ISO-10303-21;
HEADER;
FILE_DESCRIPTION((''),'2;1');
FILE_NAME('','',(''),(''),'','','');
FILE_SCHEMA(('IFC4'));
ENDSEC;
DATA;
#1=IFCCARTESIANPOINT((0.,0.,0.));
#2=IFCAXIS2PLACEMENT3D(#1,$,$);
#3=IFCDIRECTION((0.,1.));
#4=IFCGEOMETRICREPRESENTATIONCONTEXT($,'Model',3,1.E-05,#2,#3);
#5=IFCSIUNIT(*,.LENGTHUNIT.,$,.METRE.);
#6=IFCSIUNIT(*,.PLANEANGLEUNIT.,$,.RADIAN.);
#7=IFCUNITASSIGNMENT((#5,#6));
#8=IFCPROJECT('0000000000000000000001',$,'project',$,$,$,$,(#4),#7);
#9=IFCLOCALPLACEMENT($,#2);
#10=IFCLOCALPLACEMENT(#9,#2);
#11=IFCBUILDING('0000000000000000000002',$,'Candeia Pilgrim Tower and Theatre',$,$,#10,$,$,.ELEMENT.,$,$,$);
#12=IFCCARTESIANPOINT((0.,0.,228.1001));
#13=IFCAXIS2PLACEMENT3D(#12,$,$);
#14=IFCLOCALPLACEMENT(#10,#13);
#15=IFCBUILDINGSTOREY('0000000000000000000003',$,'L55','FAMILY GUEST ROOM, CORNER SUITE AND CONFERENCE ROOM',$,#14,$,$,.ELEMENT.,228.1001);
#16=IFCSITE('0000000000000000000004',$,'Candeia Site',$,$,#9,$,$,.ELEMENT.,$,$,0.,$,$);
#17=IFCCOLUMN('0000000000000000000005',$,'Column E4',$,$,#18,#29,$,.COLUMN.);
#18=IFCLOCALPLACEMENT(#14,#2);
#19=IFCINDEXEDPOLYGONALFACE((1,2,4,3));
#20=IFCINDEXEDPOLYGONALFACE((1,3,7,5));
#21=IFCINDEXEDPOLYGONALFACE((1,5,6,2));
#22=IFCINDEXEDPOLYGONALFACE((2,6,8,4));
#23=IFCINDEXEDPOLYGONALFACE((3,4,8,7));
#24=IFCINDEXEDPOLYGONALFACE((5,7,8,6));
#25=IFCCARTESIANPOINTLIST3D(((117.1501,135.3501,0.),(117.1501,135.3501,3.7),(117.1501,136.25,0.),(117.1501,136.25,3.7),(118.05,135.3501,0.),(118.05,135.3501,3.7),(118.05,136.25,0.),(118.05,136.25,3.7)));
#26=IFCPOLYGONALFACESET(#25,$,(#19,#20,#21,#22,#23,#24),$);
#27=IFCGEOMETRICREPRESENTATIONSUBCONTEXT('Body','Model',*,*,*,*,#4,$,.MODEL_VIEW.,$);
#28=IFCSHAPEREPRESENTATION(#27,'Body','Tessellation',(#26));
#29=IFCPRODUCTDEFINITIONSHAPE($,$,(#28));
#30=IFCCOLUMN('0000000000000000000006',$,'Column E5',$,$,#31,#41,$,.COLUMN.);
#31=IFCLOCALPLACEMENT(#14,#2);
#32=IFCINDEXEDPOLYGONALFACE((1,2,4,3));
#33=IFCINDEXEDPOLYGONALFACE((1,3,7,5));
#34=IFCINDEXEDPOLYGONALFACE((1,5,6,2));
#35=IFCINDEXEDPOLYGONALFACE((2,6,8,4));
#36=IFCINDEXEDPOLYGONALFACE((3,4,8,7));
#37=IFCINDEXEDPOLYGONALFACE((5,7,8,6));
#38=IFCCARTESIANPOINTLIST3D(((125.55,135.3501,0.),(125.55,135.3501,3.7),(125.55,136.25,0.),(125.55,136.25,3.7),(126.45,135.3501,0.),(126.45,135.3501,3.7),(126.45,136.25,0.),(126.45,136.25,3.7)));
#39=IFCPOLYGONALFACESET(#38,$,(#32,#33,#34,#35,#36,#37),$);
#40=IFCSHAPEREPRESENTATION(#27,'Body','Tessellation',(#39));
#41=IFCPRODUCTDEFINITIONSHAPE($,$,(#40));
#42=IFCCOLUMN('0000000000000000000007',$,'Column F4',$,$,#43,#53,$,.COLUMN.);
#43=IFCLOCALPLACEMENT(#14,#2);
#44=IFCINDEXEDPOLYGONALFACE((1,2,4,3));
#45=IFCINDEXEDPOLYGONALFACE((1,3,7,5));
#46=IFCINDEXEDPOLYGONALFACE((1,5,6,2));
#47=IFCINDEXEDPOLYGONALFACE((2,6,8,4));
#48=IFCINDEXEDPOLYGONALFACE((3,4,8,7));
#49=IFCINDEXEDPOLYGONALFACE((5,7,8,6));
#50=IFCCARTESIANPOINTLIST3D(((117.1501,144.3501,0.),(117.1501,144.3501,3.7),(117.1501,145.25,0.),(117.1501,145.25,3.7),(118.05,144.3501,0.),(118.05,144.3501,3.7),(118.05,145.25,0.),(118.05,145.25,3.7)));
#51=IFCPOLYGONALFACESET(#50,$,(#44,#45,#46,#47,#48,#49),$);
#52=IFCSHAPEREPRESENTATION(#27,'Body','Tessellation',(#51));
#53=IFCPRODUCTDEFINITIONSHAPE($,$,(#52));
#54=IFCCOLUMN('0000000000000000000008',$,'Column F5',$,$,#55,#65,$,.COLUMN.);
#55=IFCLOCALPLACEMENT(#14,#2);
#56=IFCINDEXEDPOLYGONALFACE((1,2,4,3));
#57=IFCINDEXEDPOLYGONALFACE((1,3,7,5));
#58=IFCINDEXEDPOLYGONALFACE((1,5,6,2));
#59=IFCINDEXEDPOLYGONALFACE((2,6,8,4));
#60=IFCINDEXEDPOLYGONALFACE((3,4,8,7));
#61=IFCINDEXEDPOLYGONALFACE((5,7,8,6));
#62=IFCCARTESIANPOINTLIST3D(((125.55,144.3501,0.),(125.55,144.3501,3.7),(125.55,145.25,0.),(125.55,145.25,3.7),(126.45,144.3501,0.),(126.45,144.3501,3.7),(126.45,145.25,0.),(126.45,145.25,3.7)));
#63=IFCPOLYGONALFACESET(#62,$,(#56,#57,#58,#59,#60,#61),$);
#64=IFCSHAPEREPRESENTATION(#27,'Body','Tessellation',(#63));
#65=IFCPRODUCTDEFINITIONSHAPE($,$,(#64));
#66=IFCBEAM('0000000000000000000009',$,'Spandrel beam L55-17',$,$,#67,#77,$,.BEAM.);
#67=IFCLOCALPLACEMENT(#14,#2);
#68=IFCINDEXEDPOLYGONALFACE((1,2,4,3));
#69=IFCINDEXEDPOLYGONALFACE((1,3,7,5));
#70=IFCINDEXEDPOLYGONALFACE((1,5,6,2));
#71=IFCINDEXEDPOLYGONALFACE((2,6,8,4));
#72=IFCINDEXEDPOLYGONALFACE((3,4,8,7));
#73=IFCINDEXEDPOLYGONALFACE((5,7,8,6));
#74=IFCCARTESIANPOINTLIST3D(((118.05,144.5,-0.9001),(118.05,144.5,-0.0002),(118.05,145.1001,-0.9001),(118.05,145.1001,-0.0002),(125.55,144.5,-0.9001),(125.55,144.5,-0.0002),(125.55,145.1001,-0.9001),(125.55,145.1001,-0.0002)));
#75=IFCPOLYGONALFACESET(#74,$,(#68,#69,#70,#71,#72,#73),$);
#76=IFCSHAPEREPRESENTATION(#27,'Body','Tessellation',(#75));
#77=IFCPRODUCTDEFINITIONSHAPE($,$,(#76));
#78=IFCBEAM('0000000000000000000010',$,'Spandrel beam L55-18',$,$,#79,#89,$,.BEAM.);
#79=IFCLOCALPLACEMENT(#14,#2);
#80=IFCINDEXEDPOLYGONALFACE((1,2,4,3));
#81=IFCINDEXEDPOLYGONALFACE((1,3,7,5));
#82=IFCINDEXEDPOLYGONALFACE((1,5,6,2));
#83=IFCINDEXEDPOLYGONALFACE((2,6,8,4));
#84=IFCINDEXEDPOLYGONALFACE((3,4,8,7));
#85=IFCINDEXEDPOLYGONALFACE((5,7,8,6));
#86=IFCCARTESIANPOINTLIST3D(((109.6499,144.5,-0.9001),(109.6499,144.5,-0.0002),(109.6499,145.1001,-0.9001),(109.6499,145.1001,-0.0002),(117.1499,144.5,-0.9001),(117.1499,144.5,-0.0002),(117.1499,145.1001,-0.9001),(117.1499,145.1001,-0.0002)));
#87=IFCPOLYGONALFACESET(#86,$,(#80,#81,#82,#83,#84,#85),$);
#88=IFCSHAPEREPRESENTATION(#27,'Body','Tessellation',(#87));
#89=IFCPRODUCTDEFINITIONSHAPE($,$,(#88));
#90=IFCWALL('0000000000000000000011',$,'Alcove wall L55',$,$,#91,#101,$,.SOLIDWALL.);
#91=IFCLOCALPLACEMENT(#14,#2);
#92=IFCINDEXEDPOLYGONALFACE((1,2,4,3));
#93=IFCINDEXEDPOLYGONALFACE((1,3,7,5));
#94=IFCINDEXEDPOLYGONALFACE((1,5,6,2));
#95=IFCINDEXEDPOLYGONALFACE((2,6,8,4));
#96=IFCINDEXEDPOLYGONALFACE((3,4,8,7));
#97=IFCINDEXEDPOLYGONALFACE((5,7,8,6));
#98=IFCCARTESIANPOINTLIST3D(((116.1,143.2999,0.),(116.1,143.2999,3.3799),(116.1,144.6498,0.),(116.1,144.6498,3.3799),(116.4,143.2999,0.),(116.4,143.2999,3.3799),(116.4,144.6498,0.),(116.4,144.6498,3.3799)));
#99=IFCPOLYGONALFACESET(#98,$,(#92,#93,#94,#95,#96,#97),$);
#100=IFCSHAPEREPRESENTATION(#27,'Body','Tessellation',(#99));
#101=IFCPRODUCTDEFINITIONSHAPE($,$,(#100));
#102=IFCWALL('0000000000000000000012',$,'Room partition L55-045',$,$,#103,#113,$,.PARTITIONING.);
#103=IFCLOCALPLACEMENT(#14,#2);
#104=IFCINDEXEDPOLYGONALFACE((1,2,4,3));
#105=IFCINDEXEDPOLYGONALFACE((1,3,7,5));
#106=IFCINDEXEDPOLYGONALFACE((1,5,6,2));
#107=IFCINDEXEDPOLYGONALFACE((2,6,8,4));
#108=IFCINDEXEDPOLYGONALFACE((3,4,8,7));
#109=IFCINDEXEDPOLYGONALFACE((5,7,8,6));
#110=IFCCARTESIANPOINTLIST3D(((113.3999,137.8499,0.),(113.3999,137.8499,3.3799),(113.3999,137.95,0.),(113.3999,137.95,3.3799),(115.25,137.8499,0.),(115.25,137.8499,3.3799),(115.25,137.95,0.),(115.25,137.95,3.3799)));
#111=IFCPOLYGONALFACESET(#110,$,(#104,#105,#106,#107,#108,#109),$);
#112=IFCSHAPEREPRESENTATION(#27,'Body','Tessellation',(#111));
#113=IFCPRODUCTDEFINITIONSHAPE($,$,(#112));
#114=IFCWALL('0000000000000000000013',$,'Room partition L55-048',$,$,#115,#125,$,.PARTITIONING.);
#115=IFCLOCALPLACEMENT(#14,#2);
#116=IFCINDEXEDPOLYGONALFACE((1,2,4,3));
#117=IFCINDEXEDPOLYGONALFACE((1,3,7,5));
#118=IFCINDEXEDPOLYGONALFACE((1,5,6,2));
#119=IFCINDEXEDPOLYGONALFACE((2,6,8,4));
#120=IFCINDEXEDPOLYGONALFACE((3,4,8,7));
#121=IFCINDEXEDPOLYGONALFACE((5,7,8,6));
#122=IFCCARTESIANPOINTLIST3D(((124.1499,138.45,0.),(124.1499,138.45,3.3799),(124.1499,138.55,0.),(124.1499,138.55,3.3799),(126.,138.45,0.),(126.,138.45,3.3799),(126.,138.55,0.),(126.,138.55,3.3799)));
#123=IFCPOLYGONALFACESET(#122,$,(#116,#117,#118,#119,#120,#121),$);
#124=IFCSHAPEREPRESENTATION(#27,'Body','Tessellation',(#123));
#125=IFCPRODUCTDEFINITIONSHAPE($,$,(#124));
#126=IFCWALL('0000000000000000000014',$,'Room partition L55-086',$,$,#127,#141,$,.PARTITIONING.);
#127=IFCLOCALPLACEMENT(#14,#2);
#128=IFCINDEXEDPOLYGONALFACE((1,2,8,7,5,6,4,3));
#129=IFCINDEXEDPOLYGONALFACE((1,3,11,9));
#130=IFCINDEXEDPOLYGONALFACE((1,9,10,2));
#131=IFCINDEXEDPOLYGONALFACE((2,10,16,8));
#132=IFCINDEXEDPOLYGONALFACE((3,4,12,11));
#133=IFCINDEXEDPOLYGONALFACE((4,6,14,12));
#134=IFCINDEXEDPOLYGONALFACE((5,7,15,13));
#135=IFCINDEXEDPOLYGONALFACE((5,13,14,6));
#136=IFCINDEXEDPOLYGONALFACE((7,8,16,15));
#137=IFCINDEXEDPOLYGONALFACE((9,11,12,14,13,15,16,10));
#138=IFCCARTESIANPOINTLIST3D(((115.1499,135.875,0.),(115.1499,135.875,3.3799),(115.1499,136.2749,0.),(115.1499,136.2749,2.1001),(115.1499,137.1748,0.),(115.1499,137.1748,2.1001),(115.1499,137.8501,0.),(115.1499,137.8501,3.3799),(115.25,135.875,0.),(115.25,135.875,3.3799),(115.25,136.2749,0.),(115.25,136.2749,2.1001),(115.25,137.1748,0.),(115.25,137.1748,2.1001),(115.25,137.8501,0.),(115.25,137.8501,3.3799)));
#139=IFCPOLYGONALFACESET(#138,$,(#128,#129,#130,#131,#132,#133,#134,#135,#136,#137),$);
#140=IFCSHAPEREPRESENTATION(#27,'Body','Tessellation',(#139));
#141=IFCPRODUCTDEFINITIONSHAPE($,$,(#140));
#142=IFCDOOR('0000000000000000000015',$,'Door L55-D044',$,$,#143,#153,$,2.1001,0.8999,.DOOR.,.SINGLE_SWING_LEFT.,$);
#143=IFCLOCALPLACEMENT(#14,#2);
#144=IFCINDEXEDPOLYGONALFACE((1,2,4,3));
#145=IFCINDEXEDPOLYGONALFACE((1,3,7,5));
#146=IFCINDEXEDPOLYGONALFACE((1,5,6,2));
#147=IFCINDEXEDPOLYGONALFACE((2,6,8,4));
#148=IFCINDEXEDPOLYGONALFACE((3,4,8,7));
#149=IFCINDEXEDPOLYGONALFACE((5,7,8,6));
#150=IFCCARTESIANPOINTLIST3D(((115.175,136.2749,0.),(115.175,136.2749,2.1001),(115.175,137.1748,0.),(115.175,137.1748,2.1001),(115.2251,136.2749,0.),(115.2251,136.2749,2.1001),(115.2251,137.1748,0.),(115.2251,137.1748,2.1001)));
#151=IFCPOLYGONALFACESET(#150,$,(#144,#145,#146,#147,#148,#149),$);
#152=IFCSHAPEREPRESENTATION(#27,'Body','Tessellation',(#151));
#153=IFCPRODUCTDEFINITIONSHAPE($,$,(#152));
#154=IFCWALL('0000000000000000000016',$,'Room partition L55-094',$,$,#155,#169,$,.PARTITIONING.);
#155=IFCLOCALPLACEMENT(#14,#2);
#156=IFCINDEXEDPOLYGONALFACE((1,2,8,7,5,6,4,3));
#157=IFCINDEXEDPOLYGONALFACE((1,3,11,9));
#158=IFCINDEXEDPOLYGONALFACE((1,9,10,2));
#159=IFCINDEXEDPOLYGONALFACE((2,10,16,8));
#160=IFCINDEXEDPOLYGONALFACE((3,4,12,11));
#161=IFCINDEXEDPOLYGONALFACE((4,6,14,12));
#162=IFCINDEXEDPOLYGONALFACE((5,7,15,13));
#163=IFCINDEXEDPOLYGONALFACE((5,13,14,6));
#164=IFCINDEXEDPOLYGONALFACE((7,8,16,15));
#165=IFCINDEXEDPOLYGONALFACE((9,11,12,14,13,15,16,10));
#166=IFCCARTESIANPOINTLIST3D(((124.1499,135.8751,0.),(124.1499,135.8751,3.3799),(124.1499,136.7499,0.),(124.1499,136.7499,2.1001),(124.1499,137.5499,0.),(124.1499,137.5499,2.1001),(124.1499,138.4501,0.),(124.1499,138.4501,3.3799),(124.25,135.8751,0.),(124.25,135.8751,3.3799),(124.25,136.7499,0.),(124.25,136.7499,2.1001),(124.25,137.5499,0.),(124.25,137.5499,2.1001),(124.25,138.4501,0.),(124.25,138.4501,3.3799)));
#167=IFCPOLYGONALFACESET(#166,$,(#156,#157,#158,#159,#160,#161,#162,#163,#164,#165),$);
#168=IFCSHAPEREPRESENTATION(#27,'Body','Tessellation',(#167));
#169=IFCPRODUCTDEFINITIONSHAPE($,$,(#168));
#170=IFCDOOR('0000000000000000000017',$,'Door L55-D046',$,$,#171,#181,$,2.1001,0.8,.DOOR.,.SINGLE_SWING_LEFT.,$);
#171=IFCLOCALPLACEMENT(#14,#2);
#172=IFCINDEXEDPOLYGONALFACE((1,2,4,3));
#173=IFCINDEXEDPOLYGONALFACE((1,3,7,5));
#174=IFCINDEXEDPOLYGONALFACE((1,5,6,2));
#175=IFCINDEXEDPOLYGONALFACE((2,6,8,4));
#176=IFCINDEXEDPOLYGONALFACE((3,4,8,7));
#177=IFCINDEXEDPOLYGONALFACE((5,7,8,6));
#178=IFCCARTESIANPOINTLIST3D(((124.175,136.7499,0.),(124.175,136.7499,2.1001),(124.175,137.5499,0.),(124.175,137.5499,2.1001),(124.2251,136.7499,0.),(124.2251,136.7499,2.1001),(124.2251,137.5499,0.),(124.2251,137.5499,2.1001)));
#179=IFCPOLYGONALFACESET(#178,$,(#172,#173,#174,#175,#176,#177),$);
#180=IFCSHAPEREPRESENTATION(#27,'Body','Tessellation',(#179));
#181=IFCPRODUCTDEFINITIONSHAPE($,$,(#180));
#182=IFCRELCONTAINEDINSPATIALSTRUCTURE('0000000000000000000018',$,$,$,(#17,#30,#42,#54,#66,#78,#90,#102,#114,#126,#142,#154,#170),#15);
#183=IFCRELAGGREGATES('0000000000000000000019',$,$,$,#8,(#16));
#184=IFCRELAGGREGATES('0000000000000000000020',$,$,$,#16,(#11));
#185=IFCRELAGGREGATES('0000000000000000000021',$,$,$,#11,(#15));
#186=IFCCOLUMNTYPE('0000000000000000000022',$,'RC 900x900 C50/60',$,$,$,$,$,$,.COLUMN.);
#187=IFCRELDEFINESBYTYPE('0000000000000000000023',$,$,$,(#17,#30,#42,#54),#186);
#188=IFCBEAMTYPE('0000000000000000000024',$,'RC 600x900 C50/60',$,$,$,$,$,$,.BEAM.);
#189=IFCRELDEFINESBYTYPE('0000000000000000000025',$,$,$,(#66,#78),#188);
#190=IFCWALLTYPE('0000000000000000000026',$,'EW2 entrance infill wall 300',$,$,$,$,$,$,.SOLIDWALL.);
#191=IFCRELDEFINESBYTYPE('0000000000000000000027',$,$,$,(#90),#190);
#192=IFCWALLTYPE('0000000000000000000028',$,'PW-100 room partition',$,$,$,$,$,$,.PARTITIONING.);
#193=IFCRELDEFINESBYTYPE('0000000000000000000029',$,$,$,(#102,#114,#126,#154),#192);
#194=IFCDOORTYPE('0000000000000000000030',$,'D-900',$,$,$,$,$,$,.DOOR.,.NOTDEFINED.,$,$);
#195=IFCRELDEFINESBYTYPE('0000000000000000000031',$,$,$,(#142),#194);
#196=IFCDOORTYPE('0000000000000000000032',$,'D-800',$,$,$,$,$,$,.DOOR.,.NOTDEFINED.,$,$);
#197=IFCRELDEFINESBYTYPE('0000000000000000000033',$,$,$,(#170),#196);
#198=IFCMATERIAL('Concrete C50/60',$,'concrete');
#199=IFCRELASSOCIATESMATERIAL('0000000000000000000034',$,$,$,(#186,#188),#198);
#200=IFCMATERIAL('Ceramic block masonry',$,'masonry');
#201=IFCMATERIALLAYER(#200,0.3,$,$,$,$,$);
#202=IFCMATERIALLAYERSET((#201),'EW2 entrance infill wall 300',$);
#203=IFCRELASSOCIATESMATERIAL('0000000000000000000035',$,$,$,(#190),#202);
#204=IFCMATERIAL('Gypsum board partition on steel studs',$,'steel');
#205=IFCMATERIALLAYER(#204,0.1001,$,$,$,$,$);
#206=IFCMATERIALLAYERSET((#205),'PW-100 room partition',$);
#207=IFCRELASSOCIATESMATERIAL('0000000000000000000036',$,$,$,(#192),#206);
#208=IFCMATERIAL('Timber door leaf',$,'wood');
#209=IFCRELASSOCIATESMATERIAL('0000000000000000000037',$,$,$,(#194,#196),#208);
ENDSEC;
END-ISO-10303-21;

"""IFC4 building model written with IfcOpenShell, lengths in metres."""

from ifc_helpers import new_model, si_unit, direction, frame, frame_2d, origin, origin_2d, place, context, subcontext, project, spatial, rectangle, extrude, material, layer, layer_set, material_profile, profile_set, type_object, element, fill, save


model = new_model("IFC4")

# Units and contexts
model_context = context("Model", 3, precision=1e-05, world=origin(), true_north=direction((0.0, 1.0)))
body_context = subcontext(model_context, "Body", "Model", "MODEL_VIEW")
ifc_project = project(units=[si_unit("LENGTHUNIT", "METRE"), si_unit("PLANEANGLEUNIT", "RADIAN")], contexts=[model_context])

# Site, building, storey
site_placement = place(None, origin())
site = spatial("IfcSite", under=ifc_project, at=site_placement, Name="Candeia Site", CompositionType="ELEMENT", RefElevation=0.0)
building_placement = place(site_placement, origin())
building = spatial("IfcBuilding", under=site, at=building_placement, Name="Candeia Pilgrim Tower and Theatre", CompositionType="ELEMENT")
storey_placement = place(building_placement, frame((0.0, 0.0, 228.1001)))
storey = spatial("IfcBuildingStorey", under=building, at=storey_placement, Name="L55", Description="FAMILY GUEST ROOM, CORNER SUITE AND CONFERENCE ROOM", CompositionType="ELEMENT", Elevation=228.1001)

# Columns
ifc_material_1 = material(Name="Concrete C50/60", Category="concrete")
ifc_material_profile_1 = material_profile(ifc_material_1, rectangle(XDim=0.8999, YDim=0.8999, at=origin_2d()))
ifc_profile_set_1 = profile_set([ifc_material_profile_1], Name="Concrete C50/60")
column_type = type_object("IfcColumnType", Name="RC 900x900 C50/60", PredefinedType="COLUMN", material=ifc_profile_set_1)
for number, where, z_axis, x_axis, name in (
    (1, (117.6001, 135.8, 0.0), (0.0, 0.0, 1.0), (1.0, 0.0, 0.0), "Column E4"),
    (2, (126.0, 135.8, 0.0), (0.0, 0.0, 1.0), (1.0, 0.0, 0.0), "Column E5"),
    (3, (117.6001, 144.8, 0.0), (0.0, 0.0, 1.0), (1.0, 0.0, 0.0), "Column F4"),
    (4, (126.0, 144.8, 0.0), (0.0, 0.0, 1.0), (1.0, 0.0, 0.0), "Column F5"),
):
    element("IfcColumn", number, at=place(storey_placement, frame(where, z_axis=z_axis, x_axis=x_axis)), inside=storey, type_object=column_type, Name=name, PredefinedType="COLUMN", context=body_context, shape_type="SweptSolid", body=[
        extrude(rectangle(XDim=0.8999, YDim=0.8999, at=origin_2d()), origin(), (0.0, 0.0, 1.0), 3.7),
    ])

# Beams
ifc_material_profile_2 = material_profile(ifc_material_1, rectangle(XDim=0.6001, YDim=0.8999, at=origin_2d()))
ifc_profile_set_2 = profile_set([ifc_material_profile_2], Name="Concrete C50/60")
beam_type = type_object("IfcBeamType", Name="RC 600x900 C50/60", PredefinedType="BEAM", material=ifc_profile_set_2)
for number, where, z_axis, x_axis, name in (
    (5, (125.55, 144.8, -0.4502), (-1.0, 0.0, 0.0), (0.0, -1.0, 0.0), "Spandrel beam L55-17"),
    (6, (117.1499, 144.8, -0.4502), (-1.0, 0.0, 0.0), (0.0, -1.0, 0.0), "Spandrel beam L55-18"),
):
    element("IfcBeam", number, at=place(storey_placement, frame(where, z_axis=z_axis, x_axis=x_axis)), inside=storey, type_object=beam_type, Name=name, PredefinedType="BEAM", context=body_context, shape_type="SweptSolid", body=[
        extrude(rectangle(XDim=0.6001, YDim=0.8999, at=origin_2d()), origin(), (0.0, 0.0, 1.0), 7.5),
    ])

# Wall
ifc_material_2 = material(Name="Ceramic block masonry", Category="masonry")
ifc_layer_1 = layer(ifc_material_2, 0.3)
ifc_layer_set_1 = layer_set([ifc_layer_1], Name="EW2 entrance infill wall 300")
wall_type_1 = type_object("IfcWallType", Name="EW2 entrance infill wall 300", PredefinedType="SOLIDWALL", material=ifc_layer_set_1)
wall_1_placement = place(storey_placement, frame((116.25, 143.3, 0.0), z_axis=(0.0, 0.0, 1.0), x_axis=(0.0, 1.0, 0.0)))
element("IfcWall", 7, at=wall_1_placement, inside=storey, type_object=wall_type_1, Name="Alcove wall L55", PredefinedType="SOLIDWALL", context=body_context, shape_type="SweptSolid", body=[
    extrude(rectangle(XDim=1.3499, YDim=0.3, at=frame_2d((0.6748, 0.0))), origin(), (0.0, 0.0, 1.0), 3.3799),
])

# Walls
ifc_material_3 = material(Name="Gypsum board partition on steel studs", Category="steel")
ifc_layer_2 = layer(ifc_material_3, 0.1001)
ifc_layer_set_2 = layer_set([ifc_layer_2], Name="PW-100 room partition")
wall_type_2 = type_object("IfcWallType", Name="PW-100 room partition", PredefinedType="PARTITIONING", material=ifc_layer_set_2)
for number, where, z_axis, x_axis, name in (
    (8, (113.3999, 137.8999, 0.0), (0.0, 0.0, 1.0), (1.0, 0.0, 0.0), "Room partition L55-045"),
    (9, (124.1499, 138.5, 0.0), (0.0, 0.0, 1.0), (1.0, 0.0, 0.0), "Room partition L55-048"),
):
    element("IfcWall", number, at=place(storey_placement, frame(where, z_axis=z_axis, x_axis=x_axis)), inside=storey, type_object=wall_type_2, Name=name, PredefinedType="PARTITIONING", context=body_context, shape_type="SweptSolid", body=[
        extrude(rectangle(XDim=1.8501, YDim=0.1001, at=frame_2d((0.925, 0.0))), origin(), (0.0, 0.0, 1.0), 3.3799),
    ])

# Walls, openings, doors
wall_2_placement = place(storey_placement, frame((115.2, 135.875, 0.0), z_axis=(0.0, 0.0, 1.0), x_axis=(0.0, 1.0, 0.0)))
wall_2 = element("IfcWall", 10, at=wall_2_placement, inside=storey, type_object=wall_type_2, Name="Room partition L55-086", PredefinedType="PARTITIONING", context=body_context, shape_type="SweptSolid", body=[
    extrude(rectangle(XDim=1.9751, YDim=0.1001, at=frame_2d((0.9875, 0.0))), origin(), (0.0, 0.0, 1.0), 3.3799),
])
opening_1_placement = place(wall_2_placement, frame((0.3999, 0.0, 0.0)))
opening_1 = element("IfcOpeningElement", 11, at=opening_1_placement, cuts=wall_2, PredefinedType="OPENING", context=body_context, shape_type="SweptSolid", body=[
    extrude(rectangle(XDim=0.8999, YDim=2.1001, at=frame_2d((0.45, 1.05))), frame((0.0, 0.0601, 0.0), z_axis=(0.0, -1.0, 0.0), x_axis=(1.0, 0.0, 0.0)), (0.0, 0.0, 1.0), 0.1201),
])
ifc_material_4 = material(Name="Timber door leaf", Category="wood")
door_type_1 = type_object("IfcDoorType", Name="D-900", OperationType="NOTDEFINED", PredefinedType="DOOR", material=ifc_material_4)
door_1_placement = place(opening_1_placement, origin())
door_1 = element("IfcDoor", 12, at=door_1_placement, inside=storey, type_object=door_type_1, Name="Door L55-D044", OperationType="SINGLE_SWING_LEFT", OverallHeight=2.1001, OverallWidth=0.8999, PredefinedType="DOOR", context=body_context, shape_type="SweptSolid", body=[
    extrude(rectangle(XDim=0.8999, YDim=2.1001, at=frame_2d((0.45, 1.05))), frame((0.0, 0.0249, 0.0), z_axis=(0.0, -1.0, 0.0), x_axis=(1.0, 0.0, 0.0)), (0.0, 0.0, 1.0), 0.05),
])
fill(opening_1, door_1)
wall_3_placement = place(storey_placement, frame((124.2, 135.875, 0.0), z_axis=(0.0, 0.0, 1.0), x_axis=(0.0, 1.0, 0.0)))
wall_3 = element("IfcWall", 13, at=wall_3_placement, inside=storey, type_object=wall_type_2, Name="Room partition L55-094", PredefinedType="PARTITIONING", context=body_context, shape_type="SweptSolid", body=[
    extrude(rectangle(XDim=2.575, YDim=0.1001, at=frame_2d((1.2876, 0.0))), origin(), (0.0, 0.0, 1.0), 3.3799),
])
opening_2_placement = place(wall_3_placement, frame((0.875, 0.0, 0.0)))
opening_2 = element("IfcOpeningElement", 14, at=opening_2_placement, cuts=wall_3, PredefinedType="OPENING", context=body_context, shape_type="SweptSolid", body=[
    extrude(rectangle(XDim=0.8, YDim=2.1001, at=frame_2d((0.3999, 1.05))), frame((0.0, 0.0601, 0.0), z_axis=(0.0, -1.0, 0.0), x_axis=(1.0, 0.0, 0.0)), (0.0, 0.0, 1.0), 0.1201),
])
door_type_2 = type_object("IfcDoorType", Name="D-800", OperationType="NOTDEFINED", PredefinedType="DOOR", material=ifc_material_4)
door_2_placement = place(opening_2_placement, origin())
door_2 = element("IfcDoor", 15, at=door_2_placement, inside=storey, type_object=door_type_2, Name="Door L55-D046", OperationType="SINGLE_SWING_LEFT", OverallHeight=2.1001, OverallWidth=0.8, PredefinedType="DOOR", context=body_context, shape_type="SweptSolid", body=[
    extrude(rectangle(XDim=0.8, YDim=2.1001, at=frame_2d((0.3999, 1.05))), frame((0.0, 0.0249, 0.0), z_axis=(0.0, -1.0, 0.0), x_axis=(1.0, 0.0, 0.0)), (0.0, 0.0, 1.0), 0.05),
])
fill(opening_2, door_2)

save(model, "model.ifc")
